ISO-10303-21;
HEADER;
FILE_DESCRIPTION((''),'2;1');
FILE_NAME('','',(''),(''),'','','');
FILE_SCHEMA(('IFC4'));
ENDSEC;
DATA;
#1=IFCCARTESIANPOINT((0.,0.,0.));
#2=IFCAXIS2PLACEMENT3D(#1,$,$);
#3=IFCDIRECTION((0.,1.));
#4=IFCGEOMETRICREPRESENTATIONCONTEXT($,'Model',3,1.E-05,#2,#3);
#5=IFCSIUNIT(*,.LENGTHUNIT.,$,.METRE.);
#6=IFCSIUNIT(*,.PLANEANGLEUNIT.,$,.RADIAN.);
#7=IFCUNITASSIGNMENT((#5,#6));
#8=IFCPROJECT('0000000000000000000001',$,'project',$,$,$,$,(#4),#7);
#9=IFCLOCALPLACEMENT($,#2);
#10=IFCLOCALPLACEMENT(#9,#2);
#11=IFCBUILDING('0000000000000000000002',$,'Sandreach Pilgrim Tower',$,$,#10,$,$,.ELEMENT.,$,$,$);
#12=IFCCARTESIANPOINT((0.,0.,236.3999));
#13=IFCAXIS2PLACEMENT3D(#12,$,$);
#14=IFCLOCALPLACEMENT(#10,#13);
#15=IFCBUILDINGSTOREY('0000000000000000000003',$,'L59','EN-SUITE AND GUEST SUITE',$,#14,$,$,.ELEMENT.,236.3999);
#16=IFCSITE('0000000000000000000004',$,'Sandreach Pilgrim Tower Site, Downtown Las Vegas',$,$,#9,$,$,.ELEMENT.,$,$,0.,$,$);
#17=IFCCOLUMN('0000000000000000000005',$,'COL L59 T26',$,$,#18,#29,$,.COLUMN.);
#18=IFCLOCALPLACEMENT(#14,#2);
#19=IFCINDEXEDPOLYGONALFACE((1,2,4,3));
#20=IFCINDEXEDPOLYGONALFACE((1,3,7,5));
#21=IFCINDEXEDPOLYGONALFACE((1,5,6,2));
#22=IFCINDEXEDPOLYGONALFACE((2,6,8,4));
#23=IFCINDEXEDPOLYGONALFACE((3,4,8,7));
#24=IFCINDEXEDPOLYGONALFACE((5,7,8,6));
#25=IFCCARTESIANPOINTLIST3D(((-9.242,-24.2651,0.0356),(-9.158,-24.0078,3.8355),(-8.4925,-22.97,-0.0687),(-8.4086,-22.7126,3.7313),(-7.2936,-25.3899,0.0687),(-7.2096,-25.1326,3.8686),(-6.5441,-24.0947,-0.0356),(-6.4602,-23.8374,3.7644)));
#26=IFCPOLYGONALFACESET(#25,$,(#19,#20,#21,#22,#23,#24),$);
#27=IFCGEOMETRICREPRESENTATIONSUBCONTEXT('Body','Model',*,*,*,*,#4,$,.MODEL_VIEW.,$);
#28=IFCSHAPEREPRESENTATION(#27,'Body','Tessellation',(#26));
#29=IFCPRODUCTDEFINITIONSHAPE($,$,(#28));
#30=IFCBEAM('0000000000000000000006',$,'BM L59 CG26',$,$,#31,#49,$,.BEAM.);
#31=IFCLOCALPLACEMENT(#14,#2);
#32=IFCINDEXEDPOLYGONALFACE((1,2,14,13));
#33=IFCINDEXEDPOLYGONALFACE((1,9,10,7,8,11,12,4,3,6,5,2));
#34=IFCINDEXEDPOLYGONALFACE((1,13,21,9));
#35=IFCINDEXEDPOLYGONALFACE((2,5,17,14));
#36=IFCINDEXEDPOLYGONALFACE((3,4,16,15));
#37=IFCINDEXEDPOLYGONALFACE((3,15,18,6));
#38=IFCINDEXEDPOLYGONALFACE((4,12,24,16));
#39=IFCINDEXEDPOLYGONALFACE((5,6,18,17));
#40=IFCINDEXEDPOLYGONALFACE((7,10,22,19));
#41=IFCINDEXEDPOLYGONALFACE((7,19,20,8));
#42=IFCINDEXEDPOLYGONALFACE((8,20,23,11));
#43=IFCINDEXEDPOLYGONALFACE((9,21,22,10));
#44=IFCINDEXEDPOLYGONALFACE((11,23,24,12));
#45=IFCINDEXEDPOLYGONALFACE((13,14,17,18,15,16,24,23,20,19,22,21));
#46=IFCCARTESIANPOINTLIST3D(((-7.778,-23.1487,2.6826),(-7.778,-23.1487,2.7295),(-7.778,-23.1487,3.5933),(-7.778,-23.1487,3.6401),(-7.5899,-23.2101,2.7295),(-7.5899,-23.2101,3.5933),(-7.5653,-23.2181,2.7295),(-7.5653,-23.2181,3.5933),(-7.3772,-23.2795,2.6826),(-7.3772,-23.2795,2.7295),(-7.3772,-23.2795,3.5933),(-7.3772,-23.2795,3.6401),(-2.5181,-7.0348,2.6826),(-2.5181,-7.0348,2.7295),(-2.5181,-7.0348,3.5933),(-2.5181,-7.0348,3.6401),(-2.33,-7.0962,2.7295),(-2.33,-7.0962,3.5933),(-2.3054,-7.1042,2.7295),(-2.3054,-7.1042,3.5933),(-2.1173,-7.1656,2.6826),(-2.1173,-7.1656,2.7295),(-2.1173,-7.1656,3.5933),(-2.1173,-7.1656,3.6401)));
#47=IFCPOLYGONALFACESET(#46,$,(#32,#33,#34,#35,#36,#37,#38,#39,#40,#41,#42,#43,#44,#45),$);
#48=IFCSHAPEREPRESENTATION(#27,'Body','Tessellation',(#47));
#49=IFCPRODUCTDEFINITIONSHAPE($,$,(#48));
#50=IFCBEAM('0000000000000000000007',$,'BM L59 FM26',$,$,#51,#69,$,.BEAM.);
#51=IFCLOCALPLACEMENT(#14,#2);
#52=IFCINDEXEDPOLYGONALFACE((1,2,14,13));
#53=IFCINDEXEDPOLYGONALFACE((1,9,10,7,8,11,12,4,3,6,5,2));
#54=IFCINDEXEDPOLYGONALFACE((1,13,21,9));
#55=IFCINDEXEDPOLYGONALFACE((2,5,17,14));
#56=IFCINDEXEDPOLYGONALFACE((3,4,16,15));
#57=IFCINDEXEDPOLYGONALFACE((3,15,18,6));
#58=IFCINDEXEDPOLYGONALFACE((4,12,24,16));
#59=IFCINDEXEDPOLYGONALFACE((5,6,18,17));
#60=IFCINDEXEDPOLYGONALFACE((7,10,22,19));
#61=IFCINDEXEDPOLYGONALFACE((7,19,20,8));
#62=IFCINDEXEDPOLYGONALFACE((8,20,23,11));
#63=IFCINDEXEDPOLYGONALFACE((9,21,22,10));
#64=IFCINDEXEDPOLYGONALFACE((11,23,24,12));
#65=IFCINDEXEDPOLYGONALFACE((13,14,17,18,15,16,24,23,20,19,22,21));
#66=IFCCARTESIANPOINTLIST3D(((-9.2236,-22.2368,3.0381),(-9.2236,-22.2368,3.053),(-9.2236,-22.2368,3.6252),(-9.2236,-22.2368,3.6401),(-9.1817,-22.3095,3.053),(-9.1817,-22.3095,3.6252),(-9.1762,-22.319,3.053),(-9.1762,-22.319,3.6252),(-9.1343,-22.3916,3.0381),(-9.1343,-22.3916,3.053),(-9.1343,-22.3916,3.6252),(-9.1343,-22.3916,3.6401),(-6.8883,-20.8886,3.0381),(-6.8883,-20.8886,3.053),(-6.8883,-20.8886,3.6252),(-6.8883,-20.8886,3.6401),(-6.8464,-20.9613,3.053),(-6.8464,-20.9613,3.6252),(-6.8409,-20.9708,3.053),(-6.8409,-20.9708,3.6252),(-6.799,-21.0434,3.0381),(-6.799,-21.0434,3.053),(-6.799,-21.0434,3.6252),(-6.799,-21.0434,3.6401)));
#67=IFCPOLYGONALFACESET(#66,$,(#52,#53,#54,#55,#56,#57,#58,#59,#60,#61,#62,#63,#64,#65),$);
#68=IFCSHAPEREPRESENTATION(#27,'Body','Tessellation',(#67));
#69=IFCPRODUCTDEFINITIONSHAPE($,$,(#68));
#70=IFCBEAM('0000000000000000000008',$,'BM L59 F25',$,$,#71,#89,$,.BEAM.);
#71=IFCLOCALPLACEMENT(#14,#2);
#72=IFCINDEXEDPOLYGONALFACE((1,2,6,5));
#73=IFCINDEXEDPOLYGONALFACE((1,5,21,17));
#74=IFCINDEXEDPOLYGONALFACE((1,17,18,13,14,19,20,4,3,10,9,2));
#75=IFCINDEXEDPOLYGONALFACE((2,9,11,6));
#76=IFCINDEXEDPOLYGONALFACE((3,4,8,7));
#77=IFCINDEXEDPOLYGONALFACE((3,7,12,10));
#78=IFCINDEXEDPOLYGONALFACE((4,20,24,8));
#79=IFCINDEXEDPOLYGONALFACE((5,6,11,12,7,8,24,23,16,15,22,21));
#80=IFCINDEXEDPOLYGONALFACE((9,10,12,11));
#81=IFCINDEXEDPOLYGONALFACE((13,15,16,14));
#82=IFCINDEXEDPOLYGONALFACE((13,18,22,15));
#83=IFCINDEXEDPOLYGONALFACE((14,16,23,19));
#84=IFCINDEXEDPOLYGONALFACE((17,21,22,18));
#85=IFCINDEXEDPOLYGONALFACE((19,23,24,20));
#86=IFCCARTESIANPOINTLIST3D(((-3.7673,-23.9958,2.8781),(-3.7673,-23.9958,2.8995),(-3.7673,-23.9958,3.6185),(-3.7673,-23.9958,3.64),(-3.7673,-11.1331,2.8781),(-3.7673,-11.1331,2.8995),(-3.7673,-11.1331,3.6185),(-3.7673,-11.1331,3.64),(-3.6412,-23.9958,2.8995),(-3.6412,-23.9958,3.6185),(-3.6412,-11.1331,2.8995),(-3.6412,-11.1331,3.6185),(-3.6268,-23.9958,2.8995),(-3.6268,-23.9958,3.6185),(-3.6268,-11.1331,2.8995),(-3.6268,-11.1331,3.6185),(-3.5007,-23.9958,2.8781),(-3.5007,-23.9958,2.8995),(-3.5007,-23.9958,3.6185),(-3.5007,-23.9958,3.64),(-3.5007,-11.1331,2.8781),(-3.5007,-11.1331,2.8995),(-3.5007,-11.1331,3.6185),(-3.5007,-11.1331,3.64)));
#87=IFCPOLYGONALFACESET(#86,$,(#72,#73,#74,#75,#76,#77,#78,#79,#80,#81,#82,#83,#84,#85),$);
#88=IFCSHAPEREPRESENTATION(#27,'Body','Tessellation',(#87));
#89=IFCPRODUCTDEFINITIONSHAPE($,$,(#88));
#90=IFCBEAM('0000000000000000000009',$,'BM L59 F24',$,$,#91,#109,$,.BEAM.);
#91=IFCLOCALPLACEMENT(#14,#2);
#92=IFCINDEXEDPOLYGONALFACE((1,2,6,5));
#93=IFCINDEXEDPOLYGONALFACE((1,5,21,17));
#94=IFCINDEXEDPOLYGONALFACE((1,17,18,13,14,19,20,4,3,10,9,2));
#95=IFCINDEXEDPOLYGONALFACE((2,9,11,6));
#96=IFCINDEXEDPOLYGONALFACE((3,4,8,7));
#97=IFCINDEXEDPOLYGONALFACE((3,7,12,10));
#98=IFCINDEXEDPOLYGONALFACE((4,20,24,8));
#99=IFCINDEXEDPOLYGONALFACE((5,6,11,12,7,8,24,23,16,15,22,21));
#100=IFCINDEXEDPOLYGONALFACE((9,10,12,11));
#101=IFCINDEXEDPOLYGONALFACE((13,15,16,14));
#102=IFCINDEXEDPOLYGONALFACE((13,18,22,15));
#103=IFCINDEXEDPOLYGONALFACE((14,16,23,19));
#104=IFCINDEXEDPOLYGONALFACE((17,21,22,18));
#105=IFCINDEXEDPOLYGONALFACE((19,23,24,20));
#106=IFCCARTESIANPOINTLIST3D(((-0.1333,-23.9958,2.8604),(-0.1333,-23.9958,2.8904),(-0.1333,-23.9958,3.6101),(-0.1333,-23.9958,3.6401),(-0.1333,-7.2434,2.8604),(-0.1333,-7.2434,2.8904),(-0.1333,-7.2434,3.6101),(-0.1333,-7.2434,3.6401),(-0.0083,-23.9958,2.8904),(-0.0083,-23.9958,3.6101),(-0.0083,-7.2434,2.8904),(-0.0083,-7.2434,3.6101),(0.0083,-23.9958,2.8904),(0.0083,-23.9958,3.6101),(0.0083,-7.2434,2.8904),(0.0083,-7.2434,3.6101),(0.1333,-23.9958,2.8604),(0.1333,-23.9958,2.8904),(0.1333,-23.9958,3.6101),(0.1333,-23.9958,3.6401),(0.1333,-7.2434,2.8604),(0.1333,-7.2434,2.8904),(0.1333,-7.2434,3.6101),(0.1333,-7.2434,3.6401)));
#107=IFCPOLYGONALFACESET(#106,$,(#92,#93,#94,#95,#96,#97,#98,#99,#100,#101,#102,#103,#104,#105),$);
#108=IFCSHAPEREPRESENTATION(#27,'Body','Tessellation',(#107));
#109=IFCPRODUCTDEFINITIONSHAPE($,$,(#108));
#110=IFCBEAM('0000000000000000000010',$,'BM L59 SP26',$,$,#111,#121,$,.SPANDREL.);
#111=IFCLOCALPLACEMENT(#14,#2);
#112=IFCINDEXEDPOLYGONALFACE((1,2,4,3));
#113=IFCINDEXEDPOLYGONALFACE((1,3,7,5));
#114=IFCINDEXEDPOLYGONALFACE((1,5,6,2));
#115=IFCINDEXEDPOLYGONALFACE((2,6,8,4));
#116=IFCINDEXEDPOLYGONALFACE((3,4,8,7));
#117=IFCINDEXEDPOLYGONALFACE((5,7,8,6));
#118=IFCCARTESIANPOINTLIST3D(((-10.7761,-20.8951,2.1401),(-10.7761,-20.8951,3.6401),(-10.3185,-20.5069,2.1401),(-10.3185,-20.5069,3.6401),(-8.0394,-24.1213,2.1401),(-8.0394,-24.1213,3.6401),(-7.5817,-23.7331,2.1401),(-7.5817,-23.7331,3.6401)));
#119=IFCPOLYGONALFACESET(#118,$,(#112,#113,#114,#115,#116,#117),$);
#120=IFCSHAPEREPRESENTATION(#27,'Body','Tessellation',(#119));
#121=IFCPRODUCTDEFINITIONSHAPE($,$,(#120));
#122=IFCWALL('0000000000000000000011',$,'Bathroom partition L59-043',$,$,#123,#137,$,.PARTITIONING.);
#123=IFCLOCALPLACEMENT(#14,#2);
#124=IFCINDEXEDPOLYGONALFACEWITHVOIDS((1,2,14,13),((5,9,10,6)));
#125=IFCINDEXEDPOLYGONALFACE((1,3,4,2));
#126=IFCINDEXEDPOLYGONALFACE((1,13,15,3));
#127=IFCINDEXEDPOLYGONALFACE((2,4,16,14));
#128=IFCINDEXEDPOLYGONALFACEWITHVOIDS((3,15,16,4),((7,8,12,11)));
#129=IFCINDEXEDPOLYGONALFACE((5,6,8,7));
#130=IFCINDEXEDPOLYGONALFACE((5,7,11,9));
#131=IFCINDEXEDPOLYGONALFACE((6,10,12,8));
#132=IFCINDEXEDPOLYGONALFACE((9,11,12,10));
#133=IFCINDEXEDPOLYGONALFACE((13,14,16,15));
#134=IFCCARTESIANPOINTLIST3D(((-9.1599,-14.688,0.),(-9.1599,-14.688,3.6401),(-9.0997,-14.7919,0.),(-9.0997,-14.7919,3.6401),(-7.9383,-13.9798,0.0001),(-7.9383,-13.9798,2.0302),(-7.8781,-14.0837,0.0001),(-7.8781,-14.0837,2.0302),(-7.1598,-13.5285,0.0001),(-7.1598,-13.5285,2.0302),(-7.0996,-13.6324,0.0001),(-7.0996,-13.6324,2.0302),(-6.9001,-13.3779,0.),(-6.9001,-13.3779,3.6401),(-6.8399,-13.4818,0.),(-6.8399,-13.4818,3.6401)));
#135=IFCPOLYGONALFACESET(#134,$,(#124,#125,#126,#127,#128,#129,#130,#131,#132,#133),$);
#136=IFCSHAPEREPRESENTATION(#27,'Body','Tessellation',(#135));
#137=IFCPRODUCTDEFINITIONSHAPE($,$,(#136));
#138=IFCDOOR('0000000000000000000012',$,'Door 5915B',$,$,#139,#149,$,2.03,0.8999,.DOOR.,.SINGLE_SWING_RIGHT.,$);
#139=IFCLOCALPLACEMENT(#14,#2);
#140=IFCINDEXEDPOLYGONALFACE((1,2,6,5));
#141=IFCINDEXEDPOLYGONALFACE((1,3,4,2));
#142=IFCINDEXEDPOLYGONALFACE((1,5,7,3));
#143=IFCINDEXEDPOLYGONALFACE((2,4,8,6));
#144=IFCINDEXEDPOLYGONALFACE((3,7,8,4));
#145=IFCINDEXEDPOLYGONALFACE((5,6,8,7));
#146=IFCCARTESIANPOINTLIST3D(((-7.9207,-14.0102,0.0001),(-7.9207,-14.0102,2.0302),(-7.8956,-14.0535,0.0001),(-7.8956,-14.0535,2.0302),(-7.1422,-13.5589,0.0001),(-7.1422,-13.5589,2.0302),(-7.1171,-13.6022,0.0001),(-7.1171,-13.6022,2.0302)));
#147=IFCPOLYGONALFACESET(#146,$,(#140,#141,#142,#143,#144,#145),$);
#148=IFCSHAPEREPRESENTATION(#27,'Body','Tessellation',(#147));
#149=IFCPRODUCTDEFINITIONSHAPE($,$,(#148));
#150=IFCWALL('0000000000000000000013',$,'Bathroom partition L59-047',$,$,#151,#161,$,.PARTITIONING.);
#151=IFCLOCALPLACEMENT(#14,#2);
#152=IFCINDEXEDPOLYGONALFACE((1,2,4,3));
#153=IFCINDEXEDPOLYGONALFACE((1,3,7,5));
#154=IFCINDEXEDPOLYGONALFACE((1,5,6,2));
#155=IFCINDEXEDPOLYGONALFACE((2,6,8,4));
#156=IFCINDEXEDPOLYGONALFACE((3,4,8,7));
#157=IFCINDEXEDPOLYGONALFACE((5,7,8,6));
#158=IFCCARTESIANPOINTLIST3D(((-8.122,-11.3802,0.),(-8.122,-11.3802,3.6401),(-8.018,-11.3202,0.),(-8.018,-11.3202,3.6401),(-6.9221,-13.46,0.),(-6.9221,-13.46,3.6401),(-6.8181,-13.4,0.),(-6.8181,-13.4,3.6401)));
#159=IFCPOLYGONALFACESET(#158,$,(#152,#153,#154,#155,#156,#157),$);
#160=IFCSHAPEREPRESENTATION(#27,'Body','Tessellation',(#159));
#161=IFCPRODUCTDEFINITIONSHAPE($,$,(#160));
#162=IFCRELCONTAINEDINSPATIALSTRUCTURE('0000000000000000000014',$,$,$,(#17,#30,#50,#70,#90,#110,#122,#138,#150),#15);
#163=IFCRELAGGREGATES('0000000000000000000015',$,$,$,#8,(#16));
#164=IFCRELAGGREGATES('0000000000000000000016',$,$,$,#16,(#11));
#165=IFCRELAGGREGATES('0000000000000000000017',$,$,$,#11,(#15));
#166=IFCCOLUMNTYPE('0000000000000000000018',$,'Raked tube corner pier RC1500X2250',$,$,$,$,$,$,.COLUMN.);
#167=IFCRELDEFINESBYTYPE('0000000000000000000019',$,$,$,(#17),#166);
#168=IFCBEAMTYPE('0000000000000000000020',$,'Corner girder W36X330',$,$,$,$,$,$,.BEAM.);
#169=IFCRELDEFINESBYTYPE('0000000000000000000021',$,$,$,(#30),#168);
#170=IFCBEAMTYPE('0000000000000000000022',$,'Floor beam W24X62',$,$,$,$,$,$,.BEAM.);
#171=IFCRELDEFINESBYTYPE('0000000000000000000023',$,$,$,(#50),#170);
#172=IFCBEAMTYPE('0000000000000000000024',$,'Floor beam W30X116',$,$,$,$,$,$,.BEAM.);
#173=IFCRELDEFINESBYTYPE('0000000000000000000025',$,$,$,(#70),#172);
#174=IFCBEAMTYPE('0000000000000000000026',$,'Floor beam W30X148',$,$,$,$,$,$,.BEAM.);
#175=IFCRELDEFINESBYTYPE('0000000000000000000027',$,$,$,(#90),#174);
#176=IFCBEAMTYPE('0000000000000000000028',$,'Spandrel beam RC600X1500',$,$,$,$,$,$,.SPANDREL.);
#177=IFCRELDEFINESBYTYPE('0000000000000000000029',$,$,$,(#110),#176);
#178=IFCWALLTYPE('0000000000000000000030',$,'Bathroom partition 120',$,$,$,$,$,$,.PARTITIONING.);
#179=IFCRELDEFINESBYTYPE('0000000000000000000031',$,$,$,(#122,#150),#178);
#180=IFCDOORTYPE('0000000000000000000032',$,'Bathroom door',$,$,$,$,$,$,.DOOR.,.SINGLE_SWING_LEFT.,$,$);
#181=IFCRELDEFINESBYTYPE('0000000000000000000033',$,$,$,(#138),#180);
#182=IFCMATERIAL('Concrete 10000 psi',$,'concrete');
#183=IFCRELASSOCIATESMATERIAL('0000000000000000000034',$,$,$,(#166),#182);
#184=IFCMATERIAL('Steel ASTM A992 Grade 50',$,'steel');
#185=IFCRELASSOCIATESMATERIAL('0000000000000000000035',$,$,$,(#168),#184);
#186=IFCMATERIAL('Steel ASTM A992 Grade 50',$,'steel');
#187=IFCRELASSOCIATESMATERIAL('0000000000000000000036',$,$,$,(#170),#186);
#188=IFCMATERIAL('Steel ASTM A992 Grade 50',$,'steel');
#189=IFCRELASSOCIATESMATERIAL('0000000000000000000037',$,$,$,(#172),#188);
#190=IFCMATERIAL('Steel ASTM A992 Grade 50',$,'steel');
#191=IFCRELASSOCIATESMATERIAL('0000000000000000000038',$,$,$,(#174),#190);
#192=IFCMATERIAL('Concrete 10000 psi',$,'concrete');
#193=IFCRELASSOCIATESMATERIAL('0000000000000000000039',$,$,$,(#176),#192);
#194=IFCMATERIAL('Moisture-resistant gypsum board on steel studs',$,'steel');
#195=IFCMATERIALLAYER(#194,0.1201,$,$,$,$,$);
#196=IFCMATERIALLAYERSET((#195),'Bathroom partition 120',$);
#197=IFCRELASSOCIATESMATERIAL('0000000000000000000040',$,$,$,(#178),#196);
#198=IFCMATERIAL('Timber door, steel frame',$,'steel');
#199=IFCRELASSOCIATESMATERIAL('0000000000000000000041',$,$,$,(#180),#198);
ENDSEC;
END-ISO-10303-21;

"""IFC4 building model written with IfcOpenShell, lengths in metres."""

from ifc_helpers import new_model, si_unit, direction, frame, frame_2d, origin, origin_2d, place, context, subcontext, project, spatial, rectangle, i_section, extrude, material, layer, layer_set, material_profile, profile_set, type_object, element, fill, save


model = new_model("IFC4")

# Units and contexts
model_context = context("Model", 3, precision=1e-05, world=origin(), true_north=direction((0.0, 1.0)))
body_context = subcontext(model_context, "Body", "Model", "MODEL_VIEW")
ifc_project = project(units=[si_unit("LENGTHUNIT", "METRE"), si_unit("PLANEANGLEUNIT", "RADIAN")], contexts=[model_context])

# Site, building, storey
site_placement = place(None, origin())
site = spatial("IfcSite", under=ifc_project, at=site_placement, Name="Sandreach Pilgrim Tower Site, Downtown Las Vegas", CompositionType="ELEMENT", RefElevation=0.0)
building_placement = place(site_placement, origin())
building = spatial("IfcBuilding", under=site, at=building_placement, Name="Sandreach Pilgrim Tower", CompositionType="ELEMENT")
storey_placement = place(building_placement, frame((0.0, 0.0, 236.3999)))
storey = spatial("IfcBuildingStorey", under=building, at=storey_placement, Name="L59", Description="EN-SUITE AND GUEST SUITE", CompositionType="ELEMENT", Elevation=236.3999)

# Column
ifc_material_1 = material(Name="Concrete 10000 psi", Category="concrete")
ifc_material_profile_1 = material_profile(ifc_material_1, rectangle(XDim=1.5, YDim=2.25, at=origin_2d()), Name="RC1500X2250")
ifc_profile_set_1 = profile_set([ifc_material_profile_1], Name="Concrete 10000 psi")
column_type = type_object("IfcColumnType", Name="Raked tube corner pier RC1500X2250", PredefinedType="COLUMN", material=ifc_profile_set_1)
column_placement = place(storey_placement, frame((-7.8931, -24.1799, 0.0), z_axis=(0.022045, 0.067545, 0.997473), x_axis=(-0.499636, -0.863442, 0.069511)))
element("IfcColumn", 1, at=column_placement, inside=storey, type_object=column_type, Name="COL L59 T26", PredefinedType="COLUMN", context=body_context, shape_type="SweptSolid", body=[
    extrude(rectangle(XDim=1.5, YDim=2.25, at=origin_2d()), origin(), (0.0, 0.0, 1.0), 3.8096),
])

# Beams
ifc_material_2 = material(Name="Steel ASTM A992 Grade 50", Category="steel")
ifc_material_profile_2 = material_profile(ifc_material_2, i_section(OverallWidth=0.4216, OverallDepth=0.9575, WebThickness=0.0259, FlangeThickness=0.0469, at=origin_2d()), Name="W36X330")
ifc_profile_set_2 = profile_set([ifc_material_profile_2], Name="Steel ASTM A992 Grade 50")
beam_type_1 = type_object("IfcBeamType", Name="Corner girder W36X330", PredefinedType="BEAM", material=ifc_profile_set_2)
beam_1_placement = place(storey_placement, frame((-7.5776, -23.2141, 3.1614), z_axis=(0.310311, 0.950635, 0.0), x_axis=(-0.950635, 0.310311, 0.0)))
element("IfcBeam", 2, at=beam_1_placement, inside=storey, type_object=beam_type_1, Name="BM L59 CG26", PredefinedType="BEAM", context=body_context, shape_type="SweptSolid", body=[
    extrude(i_section(OverallWidth=0.4216, OverallDepth=0.9575, WebThickness=0.0259, FlangeThickness=0.0469, at=origin_2d()), origin(), (0.0, 0.0, 1.0), 16.9507),
])
ifc_material_3 = material(Name="Steel ASTM A992 Grade 50", Category="steel")
ifc_material_profile_3 = material_profile(ifc_material_3, i_section(OverallWidth=0.1787, OverallDepth=0.6021, WebThickness=0.011, FlangeThickness=0.0149, at=origin_2d()), Name="W24X62")
ifc_profile_set_3 = profile_set([ifc_material_profile_3], Name="Steel ASTM A992 Grade 50")
beam_type_2 = type_object("IfcBeamType", Name="Floor beam W24X62", PredefinedType="BEAM", material=ifc_profile_set_3)
beam_2_placement = place(storey_placement, frame((-9.179, -22.3142, 3.3391), z_axis=(0.866039, 0.499976, 0.0), x_axis=(-0.499976, 0.866039, 0.0)))
element("IfcBeam", 3, at=beam_2_placement, inside=storey, type_object=beam_type_2, Name="BM L59 FM26", PredefinedType="BEAM", context=body_context, shape_type="SweptSolid", body=[
    extrude(i_section(OverallWidth=0.1787, OverallDepth=0.6021, WebThickness=0.011, FlangeThickness=0.0149, at=origin_2d()), origin(), (0.0, 0.0, 1.0), 2.6965),
])
ifc_material_4 = material(Name="Steel ASTM A992 Grade 50", Category="steel")
ifc_material_profile_4 = material_profile(ifc_material_4, i_section(OverallWidth=0.2666, OverallDepth=0.762, WebThickness=0.0144, FlangeThickness=0.0215, at=origin_2d()), Name="W30X116")
ifc_profile_set_4 = profile_set([ifc_material_profile_4], Name="Steel ASTM A992 Grade 50")
beam_type_3 = type_object("IfcBeamType", Name="Floor beam W30X116", PredefinedType="BEAM", material=ifc_profile_set_4)
beam_3_placement = place(storey_placement, frame((-3.634, -23.9958, 3.259), z_axis=(0.0, 1.0, 0.0), x_axis=(-1.0, 0.0, 0.0)))
element("IfcBeam", 4, at=beam_3_placement, inside=storey, type_object=beam_type_3, Name="BM L59 F25", PredefinedType="BEAM", context=body_context, shape_type="SweptSolid", body=[
    extrude(i_section(OverallWidth=0.2666, OverallDepth=0.762, WebThickness=0.0144, FlangeThickness=0.0215, at=origin_2d()), origin(), (0.0, 0.0, 1.0), 12.8628),
])
ifc_material_5 = material(Name="Steel ASTM A992 Grade 50", Category="steel")
ifc_material_profile_5 = material_profile(ifc_material_5, i_section(OverallWidth=0.2666, OverallDepth=0.7798, WebThickness=0.0166, FlangeThickness=0.03, at=origin_2d()), Name="W30X148")
ifc_profile_set_5 = profile_set([ifc_material_profile_5], Name="Steel ASTM A992 Grade 50")
beam_type_4 = type_object("IfcBeamType", Name="Floor beam W30X148", PredefinedType="BEAM", material=ifc_profile_set_5)
beam_4_placement = place(storey_placement, frame((0.0, -23.9958, 3.2502), z_axis=(0.0, 1.0, 0.0), x_axis=(-1.0, 0.0, 0.0)))
element("IfcBeam", 5, at=beam_4_placement, inside=storey, type_object=beam_type_4, Name="BM L59 F24", PredefinedType="BEAM", context=body_context, shape_type="SweptSolid", body=[
    extrude(i_section(OverallWidth=0.2666, OverallDepth=0.7798, WebThickness=0.0166, FlangeThickness=0.03, at=origin_2d()), origin(), (0.0, 0.0, 1.0), 16.7524),
])
ifc_material_6 = material(Name="Concrete 10000 psi", Category="concrete")
ifc_material_profile_6 = material_profile(ifc_material_6, rectangle(XDim=0.6001, YDim=1.5, at=origin_2d()), Name="RC600X1500")
ifc_profile_set_6 = profile_set([ifc_material_profile_6], Name="Concrete 10000 psi")
beam_type_5 = type_object("IfcBeamType", Name="Spandrel beam RC600X1500", PredefinedType="SPANDREL", material=ifc_profile_set_6)
beam_5_placement = place(storey_placement, frame((-7.8105, -23.9272, 2.8901), z_axis=(-0.646886, 0.762587, 0.0), x_axis=(-0.762587, -0.646886, 0.0)))
element("IfcBeam", 6, at=beam_5_placement, inside=storey, type_object=beam_type_5, Name="BM L59 SP26", PredefinedType="SPANDREL", context=body_context, shape_type="SweptSolid", body=[
    extrude(rectangle(XDim=0.6001, YDim=1.5, at=origin_2d()), origin(), (0.0, 0.0, 1.0), 4.2307),
])

# Wall, opening, door
ifc_material_7 = material(Name="Moisture-resistant gypsum board on steel studs", Category="steel")
ifc_layer_1 = layer(ifc_material_7, 0.1201)
ifc_layer_set_1 = layer_set([ifc_layer_1], Name="Bathroom partition 120")
wall_type_1 = type_object("IfcWallType", Name="Bathroom partition 120", PredefinedType="PARTITIONING", material=ifc_layer_set_1)
wall_1_placement = place(storey_placement, frame((-9.1299, -14.74, 0.0), z_axis=(0.0, 0.0, 1.0), x_axis=(0.865132, 0.501545, 0.0)))
wall_1 = element("IfcWall", 7, at=wall_1_placement, inside=storey, type_object=wall_type_1, Name="Bathroom partition L59-043", PredefinedType="PARTITIONING", context=body_context, shape_type="SweptSolid", body=[
    extrude(rectangle(XDim=2.6121, YDim=0.1201, at=frame_2d((1.3062, 0.0))), origin(), (0.0, 0.0, 1.0), 3.6401),
])
opening_1_placement = place(wall_1_placement, frame((1.4121, 0.0, 0.0)))
opening_1 = element("IfcOpeningElement", 8, at=opening_1_placement, cuts=wall_1, PredefinedType="OPENING", context=body_context, shape_type="SweptSolid", body=[
    extrude(rectangle(XDim=0.8999, YDim=2.03, at=frame_2d((0.45, 1.0151))), frame((0.0, 0.0601, 0.0), z_axis=(0.0, -1.0, 0.0), x_axis=(1.0, 0.0, 0.0)), (0.0, 0.0, 1.0), 0.1201),
])
ifc_material_8 = material(Name="Timber door, steel frame", Category="steel")
door_type_1 = type_object("IfcDoorType", Name="Bathroom door", OperationType="SINGLE_SWING_LEFT", PredefinedType="DOOR", material=ifc_material_8)
door_1_placement = place(opening_1_placement, origin())
door_1 = element("IfcDoor", 9, at=door_1_placement, inside=storey, type_object=door_type_1, Name="Door 5915B", OperationType="SINGLE_SWING_RIGHT", OverallHeight=2.03, OverallWidth=0.8999, PredefinedType="DOOR", context=body_context, shape_type="SweptSolid", body=[
    extrude(rectangle(XDim=0.8999, YDim=2.03, at=frame_2d((0.45, 1.0151))), frame((0.0, 0.0249, 0.0), z_axis=(0.0, -1.0, 0.0), x_axis=(1.0, 0.0, 0.0)), (0.0, 0.0, 1.0), 0.05),
])
fill(opening_1, door_1)

# Wall
wall_2_placement = place(storey_placement, frame((-8.0701, -11.3501, 0.0), z_axis=(0.0, 0.0, 1.0), x_axis=(0.499737, -0.866177, 0.0)))
element("IfcWall", 10, at=wall_2_placement, inside=storey, type_object=wall_type_1, Name="Bathroom partition L59-047", PredefinedType="PARTITIONING", context=body_context, shape_type="SweptSolid", body=[
    extrude(rectangle(XDim=2.4011, YDim=0.1201, at=frame_2d((1.2007, 0.0))), origin(), (0.0, 0.0, 1.0), 3.6401),
])

save(model, "model.ifc")
